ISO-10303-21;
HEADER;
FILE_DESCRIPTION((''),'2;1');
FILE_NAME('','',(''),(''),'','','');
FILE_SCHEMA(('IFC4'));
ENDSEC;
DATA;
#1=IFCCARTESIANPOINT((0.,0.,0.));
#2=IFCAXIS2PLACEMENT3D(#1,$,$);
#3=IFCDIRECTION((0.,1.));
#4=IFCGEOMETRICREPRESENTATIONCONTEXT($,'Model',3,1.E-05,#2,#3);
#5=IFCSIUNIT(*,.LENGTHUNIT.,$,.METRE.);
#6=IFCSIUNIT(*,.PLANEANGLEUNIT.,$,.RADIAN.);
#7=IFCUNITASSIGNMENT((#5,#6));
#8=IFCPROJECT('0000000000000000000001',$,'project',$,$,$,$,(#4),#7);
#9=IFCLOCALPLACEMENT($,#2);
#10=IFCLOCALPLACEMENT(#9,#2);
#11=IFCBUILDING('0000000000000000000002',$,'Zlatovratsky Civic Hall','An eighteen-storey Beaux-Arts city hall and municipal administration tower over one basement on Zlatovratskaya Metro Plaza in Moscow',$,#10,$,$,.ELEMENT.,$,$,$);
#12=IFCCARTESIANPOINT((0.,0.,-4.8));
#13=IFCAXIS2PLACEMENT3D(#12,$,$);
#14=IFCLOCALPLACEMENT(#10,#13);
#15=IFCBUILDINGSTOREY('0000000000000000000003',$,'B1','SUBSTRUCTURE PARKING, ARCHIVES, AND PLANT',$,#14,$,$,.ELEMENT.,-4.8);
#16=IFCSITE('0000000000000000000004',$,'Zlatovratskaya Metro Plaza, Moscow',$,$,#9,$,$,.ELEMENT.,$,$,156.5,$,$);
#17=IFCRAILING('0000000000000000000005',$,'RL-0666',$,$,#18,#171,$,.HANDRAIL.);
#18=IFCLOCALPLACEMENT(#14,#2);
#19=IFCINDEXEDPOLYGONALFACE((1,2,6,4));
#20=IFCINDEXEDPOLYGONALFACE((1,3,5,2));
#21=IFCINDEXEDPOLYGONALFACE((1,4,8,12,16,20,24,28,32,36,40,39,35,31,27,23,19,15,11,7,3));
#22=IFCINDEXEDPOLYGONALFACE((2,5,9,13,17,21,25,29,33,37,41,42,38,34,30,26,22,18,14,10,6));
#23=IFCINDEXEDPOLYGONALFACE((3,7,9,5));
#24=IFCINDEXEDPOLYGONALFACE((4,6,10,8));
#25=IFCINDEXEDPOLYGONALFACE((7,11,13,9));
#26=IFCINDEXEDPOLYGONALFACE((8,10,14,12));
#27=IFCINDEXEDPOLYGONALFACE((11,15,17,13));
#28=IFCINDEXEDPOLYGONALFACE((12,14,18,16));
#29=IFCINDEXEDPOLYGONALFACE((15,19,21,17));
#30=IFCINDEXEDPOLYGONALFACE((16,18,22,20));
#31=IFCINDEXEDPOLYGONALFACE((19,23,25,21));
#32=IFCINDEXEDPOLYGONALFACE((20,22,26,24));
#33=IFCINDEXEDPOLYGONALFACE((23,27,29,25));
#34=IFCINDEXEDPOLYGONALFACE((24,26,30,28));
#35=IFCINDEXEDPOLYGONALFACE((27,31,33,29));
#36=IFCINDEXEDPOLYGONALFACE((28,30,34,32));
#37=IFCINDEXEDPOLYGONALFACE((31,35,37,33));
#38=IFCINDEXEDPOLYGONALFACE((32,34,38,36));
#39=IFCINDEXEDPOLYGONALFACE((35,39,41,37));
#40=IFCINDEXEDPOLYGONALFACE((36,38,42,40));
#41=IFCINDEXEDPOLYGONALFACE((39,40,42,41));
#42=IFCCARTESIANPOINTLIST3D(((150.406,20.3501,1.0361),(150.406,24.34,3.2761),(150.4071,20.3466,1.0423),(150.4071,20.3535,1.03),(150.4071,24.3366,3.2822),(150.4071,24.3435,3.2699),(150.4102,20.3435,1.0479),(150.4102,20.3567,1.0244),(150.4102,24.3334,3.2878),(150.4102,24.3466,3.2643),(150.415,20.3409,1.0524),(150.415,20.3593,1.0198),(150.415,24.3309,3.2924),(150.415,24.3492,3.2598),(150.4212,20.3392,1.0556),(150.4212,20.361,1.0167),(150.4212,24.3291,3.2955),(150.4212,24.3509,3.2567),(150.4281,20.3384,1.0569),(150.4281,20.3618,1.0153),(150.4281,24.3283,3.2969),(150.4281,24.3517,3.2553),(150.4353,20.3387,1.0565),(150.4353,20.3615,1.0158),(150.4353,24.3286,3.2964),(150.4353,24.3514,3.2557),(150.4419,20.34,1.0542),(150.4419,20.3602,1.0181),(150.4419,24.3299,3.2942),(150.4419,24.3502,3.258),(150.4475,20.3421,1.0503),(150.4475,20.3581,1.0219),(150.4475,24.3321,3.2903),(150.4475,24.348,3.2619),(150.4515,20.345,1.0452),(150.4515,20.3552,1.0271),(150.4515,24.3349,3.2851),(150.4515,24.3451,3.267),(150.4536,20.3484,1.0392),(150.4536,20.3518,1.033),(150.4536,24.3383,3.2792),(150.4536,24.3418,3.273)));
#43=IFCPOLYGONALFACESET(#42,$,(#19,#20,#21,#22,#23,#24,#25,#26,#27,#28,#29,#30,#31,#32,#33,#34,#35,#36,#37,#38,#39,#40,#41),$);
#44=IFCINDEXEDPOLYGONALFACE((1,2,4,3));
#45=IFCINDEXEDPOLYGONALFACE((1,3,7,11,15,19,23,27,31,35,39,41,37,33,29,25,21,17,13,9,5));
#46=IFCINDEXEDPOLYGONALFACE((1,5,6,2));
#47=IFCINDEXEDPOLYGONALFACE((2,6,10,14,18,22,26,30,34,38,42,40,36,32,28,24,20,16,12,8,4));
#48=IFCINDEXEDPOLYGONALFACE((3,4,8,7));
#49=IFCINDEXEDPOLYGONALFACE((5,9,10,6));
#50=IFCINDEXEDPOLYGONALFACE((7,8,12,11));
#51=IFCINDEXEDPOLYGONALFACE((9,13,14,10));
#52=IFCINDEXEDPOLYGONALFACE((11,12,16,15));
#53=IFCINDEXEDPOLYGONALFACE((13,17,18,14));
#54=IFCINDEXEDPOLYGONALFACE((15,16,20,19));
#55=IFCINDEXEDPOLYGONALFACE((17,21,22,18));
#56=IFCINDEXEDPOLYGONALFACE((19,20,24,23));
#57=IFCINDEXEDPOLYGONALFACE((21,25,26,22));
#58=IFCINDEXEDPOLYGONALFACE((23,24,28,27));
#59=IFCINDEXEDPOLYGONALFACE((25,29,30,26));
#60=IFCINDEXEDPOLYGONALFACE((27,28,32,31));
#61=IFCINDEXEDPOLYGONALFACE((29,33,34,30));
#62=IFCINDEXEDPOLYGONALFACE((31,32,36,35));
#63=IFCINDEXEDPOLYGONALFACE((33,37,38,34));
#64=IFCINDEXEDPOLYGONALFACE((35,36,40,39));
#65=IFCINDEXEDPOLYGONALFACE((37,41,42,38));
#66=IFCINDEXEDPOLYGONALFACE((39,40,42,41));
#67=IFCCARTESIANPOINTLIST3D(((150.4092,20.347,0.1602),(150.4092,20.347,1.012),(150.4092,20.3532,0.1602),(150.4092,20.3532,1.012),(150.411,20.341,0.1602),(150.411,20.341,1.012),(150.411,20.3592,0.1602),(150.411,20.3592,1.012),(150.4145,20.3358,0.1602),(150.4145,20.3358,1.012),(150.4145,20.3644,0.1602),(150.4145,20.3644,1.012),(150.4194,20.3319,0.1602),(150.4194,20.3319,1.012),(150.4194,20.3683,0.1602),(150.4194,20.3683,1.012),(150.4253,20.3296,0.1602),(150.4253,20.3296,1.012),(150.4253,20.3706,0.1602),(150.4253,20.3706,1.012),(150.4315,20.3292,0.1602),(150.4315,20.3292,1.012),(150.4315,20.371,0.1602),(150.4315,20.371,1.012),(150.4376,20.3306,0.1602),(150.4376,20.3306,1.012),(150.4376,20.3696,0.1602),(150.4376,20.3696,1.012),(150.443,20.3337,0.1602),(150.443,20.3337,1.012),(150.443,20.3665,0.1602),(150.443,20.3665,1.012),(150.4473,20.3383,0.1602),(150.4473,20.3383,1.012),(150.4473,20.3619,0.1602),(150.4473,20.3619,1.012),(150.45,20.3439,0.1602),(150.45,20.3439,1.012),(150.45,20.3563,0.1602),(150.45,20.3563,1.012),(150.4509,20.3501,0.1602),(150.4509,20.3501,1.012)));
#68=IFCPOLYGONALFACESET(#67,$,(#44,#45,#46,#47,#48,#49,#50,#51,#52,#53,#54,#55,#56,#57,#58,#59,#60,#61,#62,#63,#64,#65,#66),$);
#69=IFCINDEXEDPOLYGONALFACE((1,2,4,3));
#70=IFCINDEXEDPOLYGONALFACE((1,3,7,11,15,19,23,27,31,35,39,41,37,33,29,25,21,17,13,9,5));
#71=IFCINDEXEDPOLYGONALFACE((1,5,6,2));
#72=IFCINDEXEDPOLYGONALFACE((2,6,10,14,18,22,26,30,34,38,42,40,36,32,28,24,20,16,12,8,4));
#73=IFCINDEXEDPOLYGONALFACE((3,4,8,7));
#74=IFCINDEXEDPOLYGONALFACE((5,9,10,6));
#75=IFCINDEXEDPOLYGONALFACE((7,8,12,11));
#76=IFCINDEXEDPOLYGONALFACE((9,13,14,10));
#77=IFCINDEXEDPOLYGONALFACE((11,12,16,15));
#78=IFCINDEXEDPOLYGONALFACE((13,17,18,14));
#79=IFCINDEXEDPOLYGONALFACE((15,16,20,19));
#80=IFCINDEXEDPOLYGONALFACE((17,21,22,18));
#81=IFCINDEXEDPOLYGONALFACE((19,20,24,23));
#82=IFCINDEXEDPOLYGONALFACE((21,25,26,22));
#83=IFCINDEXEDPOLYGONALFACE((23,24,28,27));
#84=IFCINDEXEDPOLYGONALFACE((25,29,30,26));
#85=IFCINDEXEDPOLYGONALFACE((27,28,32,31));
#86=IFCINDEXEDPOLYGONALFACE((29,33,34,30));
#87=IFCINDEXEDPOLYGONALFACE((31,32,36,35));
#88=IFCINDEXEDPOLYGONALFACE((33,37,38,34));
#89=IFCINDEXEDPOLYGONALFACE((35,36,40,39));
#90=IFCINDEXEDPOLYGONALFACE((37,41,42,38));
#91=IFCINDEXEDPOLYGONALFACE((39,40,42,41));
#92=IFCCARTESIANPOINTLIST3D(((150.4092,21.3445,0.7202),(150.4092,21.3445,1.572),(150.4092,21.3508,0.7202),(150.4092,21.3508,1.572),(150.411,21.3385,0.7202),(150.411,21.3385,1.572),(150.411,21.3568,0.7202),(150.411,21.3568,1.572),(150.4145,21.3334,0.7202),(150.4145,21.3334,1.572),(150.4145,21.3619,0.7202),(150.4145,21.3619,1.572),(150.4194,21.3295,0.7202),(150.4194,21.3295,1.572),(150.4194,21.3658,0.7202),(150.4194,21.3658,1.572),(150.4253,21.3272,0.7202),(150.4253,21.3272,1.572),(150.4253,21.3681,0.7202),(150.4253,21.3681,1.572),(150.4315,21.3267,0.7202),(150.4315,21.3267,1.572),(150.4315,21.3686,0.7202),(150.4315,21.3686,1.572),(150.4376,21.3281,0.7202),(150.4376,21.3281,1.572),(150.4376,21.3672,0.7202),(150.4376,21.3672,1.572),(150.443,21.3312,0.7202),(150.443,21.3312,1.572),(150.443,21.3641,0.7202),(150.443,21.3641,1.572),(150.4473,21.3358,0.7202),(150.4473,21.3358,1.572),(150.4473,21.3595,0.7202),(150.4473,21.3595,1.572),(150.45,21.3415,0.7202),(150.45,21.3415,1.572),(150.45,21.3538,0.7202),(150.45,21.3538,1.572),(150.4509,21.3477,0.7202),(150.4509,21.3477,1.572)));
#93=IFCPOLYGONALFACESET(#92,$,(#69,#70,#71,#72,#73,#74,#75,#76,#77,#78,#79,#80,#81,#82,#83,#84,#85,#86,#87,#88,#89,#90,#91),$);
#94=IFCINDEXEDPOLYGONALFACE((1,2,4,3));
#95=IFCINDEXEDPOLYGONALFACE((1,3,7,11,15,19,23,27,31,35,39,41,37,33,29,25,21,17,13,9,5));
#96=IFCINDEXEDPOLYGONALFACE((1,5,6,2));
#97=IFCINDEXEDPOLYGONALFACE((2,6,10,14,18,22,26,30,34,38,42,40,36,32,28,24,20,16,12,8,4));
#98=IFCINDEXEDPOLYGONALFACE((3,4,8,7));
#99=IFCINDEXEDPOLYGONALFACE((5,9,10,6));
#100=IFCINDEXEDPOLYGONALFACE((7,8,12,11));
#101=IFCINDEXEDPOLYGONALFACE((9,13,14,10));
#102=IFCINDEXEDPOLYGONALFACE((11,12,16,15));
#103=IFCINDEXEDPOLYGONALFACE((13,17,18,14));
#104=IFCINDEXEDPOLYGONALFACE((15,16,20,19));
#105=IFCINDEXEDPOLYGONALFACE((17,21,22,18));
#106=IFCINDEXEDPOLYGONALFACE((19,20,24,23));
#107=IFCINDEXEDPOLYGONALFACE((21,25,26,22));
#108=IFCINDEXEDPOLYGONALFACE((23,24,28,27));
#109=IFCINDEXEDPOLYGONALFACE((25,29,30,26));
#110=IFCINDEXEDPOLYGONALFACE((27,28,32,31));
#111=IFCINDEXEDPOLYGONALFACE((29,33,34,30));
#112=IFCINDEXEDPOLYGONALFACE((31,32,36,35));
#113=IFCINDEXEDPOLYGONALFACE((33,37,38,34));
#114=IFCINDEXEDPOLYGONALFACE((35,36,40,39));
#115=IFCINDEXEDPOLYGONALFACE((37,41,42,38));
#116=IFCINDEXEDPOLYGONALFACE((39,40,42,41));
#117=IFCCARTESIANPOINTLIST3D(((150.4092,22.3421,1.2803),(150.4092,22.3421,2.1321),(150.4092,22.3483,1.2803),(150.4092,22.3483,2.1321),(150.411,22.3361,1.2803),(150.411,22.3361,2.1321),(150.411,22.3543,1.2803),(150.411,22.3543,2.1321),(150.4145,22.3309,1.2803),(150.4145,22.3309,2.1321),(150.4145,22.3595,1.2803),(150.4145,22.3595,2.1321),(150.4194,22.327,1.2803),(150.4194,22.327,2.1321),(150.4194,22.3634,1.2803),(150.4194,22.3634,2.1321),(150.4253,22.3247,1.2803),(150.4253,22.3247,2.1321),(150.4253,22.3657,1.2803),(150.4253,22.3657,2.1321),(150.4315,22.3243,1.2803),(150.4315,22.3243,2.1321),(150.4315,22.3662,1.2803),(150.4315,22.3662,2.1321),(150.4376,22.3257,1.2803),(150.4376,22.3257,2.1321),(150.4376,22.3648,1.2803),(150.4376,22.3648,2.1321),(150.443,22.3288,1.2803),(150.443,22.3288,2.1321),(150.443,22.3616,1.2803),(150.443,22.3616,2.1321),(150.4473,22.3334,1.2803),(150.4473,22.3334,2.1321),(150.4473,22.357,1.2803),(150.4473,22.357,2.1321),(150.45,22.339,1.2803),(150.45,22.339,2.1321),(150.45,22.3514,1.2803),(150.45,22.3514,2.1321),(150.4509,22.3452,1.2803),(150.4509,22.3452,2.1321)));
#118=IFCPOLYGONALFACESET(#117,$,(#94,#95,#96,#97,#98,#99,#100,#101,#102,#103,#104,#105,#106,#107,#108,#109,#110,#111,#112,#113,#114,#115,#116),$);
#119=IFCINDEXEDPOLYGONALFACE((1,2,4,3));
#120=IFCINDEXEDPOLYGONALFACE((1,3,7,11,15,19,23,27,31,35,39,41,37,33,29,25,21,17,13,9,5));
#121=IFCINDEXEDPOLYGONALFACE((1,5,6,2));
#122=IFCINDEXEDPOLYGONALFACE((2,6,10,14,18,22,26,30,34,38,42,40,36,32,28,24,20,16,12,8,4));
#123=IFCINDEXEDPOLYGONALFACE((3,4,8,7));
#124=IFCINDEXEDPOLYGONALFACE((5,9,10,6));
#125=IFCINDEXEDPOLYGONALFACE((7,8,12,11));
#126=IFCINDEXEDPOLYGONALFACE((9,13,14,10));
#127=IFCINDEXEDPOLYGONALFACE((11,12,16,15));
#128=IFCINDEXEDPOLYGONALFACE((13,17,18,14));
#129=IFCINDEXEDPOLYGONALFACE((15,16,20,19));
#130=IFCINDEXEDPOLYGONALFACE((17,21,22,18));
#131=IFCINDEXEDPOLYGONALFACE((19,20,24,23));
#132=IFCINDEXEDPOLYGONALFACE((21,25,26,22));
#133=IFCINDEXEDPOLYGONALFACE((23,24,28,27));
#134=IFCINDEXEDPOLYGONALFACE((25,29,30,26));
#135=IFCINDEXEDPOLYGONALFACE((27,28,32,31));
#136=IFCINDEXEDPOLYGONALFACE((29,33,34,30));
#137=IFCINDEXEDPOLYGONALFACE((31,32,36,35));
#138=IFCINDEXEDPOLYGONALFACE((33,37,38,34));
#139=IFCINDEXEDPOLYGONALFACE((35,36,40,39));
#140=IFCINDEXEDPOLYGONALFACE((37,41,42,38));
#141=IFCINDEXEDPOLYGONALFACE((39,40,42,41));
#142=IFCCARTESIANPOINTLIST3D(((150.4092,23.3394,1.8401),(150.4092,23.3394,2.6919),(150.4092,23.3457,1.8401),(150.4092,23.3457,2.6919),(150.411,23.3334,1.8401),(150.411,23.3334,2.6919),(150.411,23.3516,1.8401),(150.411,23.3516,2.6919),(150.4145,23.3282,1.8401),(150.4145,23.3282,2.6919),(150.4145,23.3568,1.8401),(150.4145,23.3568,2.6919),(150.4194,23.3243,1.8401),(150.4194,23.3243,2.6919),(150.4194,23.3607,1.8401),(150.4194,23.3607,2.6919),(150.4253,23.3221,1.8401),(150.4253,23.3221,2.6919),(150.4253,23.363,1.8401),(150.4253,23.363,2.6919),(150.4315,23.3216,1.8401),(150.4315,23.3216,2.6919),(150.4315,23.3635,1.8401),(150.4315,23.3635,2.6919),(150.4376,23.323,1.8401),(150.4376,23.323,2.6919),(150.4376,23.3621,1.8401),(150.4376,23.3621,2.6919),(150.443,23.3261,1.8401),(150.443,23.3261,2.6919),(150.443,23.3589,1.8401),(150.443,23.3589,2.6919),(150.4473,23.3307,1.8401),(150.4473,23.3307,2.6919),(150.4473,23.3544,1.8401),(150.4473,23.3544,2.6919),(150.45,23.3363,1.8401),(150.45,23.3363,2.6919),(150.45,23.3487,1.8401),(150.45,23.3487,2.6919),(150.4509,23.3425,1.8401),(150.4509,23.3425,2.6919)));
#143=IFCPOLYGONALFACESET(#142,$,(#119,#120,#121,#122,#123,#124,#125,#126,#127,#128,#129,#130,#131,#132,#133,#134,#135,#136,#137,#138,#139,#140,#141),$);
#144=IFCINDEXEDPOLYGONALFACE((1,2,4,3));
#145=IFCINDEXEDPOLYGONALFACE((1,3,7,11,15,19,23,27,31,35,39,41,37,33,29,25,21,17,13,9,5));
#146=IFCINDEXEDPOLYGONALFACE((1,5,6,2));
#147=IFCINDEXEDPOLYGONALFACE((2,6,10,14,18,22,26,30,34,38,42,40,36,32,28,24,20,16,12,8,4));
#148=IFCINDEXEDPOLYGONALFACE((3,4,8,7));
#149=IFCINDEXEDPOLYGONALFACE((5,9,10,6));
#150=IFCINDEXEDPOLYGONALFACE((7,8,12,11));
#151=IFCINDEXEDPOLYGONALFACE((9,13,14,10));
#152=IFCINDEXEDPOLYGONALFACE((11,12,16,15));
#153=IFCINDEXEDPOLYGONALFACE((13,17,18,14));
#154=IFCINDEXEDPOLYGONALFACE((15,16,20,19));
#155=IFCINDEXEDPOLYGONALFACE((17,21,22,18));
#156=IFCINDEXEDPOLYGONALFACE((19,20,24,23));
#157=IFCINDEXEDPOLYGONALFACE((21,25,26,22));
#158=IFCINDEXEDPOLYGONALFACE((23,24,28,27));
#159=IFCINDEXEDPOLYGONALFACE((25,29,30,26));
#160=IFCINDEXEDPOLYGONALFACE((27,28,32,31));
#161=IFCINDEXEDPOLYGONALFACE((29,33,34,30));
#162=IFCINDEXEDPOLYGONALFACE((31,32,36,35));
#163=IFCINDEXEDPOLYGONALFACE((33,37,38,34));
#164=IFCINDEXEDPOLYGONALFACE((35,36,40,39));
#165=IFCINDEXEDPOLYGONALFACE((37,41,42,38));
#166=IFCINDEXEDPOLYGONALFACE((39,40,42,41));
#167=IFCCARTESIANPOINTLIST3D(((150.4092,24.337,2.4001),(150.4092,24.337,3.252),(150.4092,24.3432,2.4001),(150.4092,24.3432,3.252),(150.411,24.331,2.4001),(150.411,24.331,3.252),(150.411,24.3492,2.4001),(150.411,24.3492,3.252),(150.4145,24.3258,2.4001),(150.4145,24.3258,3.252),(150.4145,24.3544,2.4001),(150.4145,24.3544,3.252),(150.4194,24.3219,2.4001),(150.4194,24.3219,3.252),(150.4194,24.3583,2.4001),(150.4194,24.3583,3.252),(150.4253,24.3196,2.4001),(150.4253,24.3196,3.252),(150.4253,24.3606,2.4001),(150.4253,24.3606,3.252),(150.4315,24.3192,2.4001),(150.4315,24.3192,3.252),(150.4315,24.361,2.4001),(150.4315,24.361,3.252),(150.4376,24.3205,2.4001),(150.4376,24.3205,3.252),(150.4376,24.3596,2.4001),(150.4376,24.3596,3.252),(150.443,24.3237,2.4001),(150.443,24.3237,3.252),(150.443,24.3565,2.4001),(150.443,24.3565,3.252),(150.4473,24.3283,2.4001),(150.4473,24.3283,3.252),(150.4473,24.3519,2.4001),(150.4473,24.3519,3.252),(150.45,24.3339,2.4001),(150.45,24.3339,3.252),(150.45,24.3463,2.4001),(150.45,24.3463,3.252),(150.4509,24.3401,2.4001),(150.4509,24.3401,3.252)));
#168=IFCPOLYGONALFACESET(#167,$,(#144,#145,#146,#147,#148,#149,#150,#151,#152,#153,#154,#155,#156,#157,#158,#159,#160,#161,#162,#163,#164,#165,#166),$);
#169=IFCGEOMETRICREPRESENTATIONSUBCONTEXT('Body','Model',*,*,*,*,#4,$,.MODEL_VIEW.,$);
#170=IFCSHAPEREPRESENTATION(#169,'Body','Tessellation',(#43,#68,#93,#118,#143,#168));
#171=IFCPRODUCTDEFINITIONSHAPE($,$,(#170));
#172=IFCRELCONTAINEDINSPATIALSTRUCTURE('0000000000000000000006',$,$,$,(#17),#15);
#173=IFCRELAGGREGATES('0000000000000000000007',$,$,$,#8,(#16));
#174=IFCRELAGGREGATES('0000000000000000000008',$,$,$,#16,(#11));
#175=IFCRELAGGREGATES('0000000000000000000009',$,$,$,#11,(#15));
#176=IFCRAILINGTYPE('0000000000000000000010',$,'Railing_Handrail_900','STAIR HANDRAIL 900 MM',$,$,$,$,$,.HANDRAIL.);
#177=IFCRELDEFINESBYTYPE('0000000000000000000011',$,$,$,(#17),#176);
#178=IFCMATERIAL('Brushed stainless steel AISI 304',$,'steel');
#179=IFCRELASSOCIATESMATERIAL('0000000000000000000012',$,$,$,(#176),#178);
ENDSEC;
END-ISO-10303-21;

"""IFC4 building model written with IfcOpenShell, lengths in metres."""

from ifc_helpers import new_model, si_unit, direction, frame, origin, origin_2d, place, context, subcontext, project, spatial, circle, extrude, material, type_object, element, save


model = new_model("IFC4")

# Units and contexts
model_context = context("Model", 3, precision=1e-05, world=origin(), true_north=direction((0.0, 1.0)))
body_context = subcontext(model_context, "Body", "Model", "MODEL_VIEW")
ifc_project = project(units=[si_unit("LENGTHUNIT", "METRE"), si_unit("PLANEANGLEUNIT", "RADIAN")], contexts=[model_context])

# Site, building, storey
site_placement = place(None, origin())
site = spatial("IfcSite", under=ifc_project, at=site_placement, Name="Zlatovratskaya Metro Plaza, Moscow", CompositionType="ELEMENT", RefElevation=156.5)
building_placement = place(site_placement, origin())
building = spatial("IfcBuilding", under=site, at=building_placement, Name="Zlatovratsky Civic Hall", Description="An eighteen-storey Beaux-Arts city hall and municipal administration tower over one basement on Zlatovratskaya Metro Plaza in Moscow", CompositionType="ELEMENT")
storey_placement = place(building_placement, frame((0.0, 0.0, -4.8)))
storey = spatial("IfcBuildingStorey", under=building, at=storey_placement, Name="B1", Description="SUBSTRUCTURE PARKING, ARCHIVES, AND PLANT", CompositionType="ELEMENT", Elevation=-4.8)

# Railing
ifc_material_1 = material(Name="Brushed stainless steel AISI 304", Category="steel")
railing_type_1 = type_object("IfcRailingType", Name="Railing_Handrail_900", Description="STAIR HANDRAIL 900 MM", PredefinedType="HANDRAIL", material=ifc_material_1)
railing_1_placement = place(storey_placement, frame((150.4299, 20.3501, 0.1602)))
element("IfcRailing", 1, at=railing_1_placement, inside=storey, type_object=railing_type_1, Name="RL-0666", PredefinedType="HANDRAIL", context=body_context, shape_type="SweptSolid", body=[
    extrude(circle(Radius=0.0239, at=origin_2d()), frame((0.0, 0.0, 0.876), z_axis=(0.0, 0.871984, 0.489534), x_axis=(-1.0, 0.0, 0.0)), (0.0, 0.0, 1.0), 4.5757),
    extrude(circle(Radius=0.021, at=origin_2d()), origin(), (0.0, 0.0, 1.0), 0.8518),
    extrude(circle(Radius=0.021, at=origin_2d()), frame((0.0, 0.9976, 0.5601)), (0.0, 0.0, 1.0), 0.8518),
    extrude(circle(Radius=0.021, at=origin_2d()), frame((0.0, 1.9951, 1.1201)), (0.0, 0.0, 1.0), 0.8518),
    extrude(circle(Radius=0.021, at=origin_2d()), frame((0.0, 2.9924, 1.6799)), (0.0, 0.0, 1.0), 0.8518),
    extrude(circle(Radius=0.021, at=origin_2d()), frame((0.0, 3.99, 2.24)), (0.0, 0.0, 1.0), 0.8518),
])

save(model, "model.ifc")
